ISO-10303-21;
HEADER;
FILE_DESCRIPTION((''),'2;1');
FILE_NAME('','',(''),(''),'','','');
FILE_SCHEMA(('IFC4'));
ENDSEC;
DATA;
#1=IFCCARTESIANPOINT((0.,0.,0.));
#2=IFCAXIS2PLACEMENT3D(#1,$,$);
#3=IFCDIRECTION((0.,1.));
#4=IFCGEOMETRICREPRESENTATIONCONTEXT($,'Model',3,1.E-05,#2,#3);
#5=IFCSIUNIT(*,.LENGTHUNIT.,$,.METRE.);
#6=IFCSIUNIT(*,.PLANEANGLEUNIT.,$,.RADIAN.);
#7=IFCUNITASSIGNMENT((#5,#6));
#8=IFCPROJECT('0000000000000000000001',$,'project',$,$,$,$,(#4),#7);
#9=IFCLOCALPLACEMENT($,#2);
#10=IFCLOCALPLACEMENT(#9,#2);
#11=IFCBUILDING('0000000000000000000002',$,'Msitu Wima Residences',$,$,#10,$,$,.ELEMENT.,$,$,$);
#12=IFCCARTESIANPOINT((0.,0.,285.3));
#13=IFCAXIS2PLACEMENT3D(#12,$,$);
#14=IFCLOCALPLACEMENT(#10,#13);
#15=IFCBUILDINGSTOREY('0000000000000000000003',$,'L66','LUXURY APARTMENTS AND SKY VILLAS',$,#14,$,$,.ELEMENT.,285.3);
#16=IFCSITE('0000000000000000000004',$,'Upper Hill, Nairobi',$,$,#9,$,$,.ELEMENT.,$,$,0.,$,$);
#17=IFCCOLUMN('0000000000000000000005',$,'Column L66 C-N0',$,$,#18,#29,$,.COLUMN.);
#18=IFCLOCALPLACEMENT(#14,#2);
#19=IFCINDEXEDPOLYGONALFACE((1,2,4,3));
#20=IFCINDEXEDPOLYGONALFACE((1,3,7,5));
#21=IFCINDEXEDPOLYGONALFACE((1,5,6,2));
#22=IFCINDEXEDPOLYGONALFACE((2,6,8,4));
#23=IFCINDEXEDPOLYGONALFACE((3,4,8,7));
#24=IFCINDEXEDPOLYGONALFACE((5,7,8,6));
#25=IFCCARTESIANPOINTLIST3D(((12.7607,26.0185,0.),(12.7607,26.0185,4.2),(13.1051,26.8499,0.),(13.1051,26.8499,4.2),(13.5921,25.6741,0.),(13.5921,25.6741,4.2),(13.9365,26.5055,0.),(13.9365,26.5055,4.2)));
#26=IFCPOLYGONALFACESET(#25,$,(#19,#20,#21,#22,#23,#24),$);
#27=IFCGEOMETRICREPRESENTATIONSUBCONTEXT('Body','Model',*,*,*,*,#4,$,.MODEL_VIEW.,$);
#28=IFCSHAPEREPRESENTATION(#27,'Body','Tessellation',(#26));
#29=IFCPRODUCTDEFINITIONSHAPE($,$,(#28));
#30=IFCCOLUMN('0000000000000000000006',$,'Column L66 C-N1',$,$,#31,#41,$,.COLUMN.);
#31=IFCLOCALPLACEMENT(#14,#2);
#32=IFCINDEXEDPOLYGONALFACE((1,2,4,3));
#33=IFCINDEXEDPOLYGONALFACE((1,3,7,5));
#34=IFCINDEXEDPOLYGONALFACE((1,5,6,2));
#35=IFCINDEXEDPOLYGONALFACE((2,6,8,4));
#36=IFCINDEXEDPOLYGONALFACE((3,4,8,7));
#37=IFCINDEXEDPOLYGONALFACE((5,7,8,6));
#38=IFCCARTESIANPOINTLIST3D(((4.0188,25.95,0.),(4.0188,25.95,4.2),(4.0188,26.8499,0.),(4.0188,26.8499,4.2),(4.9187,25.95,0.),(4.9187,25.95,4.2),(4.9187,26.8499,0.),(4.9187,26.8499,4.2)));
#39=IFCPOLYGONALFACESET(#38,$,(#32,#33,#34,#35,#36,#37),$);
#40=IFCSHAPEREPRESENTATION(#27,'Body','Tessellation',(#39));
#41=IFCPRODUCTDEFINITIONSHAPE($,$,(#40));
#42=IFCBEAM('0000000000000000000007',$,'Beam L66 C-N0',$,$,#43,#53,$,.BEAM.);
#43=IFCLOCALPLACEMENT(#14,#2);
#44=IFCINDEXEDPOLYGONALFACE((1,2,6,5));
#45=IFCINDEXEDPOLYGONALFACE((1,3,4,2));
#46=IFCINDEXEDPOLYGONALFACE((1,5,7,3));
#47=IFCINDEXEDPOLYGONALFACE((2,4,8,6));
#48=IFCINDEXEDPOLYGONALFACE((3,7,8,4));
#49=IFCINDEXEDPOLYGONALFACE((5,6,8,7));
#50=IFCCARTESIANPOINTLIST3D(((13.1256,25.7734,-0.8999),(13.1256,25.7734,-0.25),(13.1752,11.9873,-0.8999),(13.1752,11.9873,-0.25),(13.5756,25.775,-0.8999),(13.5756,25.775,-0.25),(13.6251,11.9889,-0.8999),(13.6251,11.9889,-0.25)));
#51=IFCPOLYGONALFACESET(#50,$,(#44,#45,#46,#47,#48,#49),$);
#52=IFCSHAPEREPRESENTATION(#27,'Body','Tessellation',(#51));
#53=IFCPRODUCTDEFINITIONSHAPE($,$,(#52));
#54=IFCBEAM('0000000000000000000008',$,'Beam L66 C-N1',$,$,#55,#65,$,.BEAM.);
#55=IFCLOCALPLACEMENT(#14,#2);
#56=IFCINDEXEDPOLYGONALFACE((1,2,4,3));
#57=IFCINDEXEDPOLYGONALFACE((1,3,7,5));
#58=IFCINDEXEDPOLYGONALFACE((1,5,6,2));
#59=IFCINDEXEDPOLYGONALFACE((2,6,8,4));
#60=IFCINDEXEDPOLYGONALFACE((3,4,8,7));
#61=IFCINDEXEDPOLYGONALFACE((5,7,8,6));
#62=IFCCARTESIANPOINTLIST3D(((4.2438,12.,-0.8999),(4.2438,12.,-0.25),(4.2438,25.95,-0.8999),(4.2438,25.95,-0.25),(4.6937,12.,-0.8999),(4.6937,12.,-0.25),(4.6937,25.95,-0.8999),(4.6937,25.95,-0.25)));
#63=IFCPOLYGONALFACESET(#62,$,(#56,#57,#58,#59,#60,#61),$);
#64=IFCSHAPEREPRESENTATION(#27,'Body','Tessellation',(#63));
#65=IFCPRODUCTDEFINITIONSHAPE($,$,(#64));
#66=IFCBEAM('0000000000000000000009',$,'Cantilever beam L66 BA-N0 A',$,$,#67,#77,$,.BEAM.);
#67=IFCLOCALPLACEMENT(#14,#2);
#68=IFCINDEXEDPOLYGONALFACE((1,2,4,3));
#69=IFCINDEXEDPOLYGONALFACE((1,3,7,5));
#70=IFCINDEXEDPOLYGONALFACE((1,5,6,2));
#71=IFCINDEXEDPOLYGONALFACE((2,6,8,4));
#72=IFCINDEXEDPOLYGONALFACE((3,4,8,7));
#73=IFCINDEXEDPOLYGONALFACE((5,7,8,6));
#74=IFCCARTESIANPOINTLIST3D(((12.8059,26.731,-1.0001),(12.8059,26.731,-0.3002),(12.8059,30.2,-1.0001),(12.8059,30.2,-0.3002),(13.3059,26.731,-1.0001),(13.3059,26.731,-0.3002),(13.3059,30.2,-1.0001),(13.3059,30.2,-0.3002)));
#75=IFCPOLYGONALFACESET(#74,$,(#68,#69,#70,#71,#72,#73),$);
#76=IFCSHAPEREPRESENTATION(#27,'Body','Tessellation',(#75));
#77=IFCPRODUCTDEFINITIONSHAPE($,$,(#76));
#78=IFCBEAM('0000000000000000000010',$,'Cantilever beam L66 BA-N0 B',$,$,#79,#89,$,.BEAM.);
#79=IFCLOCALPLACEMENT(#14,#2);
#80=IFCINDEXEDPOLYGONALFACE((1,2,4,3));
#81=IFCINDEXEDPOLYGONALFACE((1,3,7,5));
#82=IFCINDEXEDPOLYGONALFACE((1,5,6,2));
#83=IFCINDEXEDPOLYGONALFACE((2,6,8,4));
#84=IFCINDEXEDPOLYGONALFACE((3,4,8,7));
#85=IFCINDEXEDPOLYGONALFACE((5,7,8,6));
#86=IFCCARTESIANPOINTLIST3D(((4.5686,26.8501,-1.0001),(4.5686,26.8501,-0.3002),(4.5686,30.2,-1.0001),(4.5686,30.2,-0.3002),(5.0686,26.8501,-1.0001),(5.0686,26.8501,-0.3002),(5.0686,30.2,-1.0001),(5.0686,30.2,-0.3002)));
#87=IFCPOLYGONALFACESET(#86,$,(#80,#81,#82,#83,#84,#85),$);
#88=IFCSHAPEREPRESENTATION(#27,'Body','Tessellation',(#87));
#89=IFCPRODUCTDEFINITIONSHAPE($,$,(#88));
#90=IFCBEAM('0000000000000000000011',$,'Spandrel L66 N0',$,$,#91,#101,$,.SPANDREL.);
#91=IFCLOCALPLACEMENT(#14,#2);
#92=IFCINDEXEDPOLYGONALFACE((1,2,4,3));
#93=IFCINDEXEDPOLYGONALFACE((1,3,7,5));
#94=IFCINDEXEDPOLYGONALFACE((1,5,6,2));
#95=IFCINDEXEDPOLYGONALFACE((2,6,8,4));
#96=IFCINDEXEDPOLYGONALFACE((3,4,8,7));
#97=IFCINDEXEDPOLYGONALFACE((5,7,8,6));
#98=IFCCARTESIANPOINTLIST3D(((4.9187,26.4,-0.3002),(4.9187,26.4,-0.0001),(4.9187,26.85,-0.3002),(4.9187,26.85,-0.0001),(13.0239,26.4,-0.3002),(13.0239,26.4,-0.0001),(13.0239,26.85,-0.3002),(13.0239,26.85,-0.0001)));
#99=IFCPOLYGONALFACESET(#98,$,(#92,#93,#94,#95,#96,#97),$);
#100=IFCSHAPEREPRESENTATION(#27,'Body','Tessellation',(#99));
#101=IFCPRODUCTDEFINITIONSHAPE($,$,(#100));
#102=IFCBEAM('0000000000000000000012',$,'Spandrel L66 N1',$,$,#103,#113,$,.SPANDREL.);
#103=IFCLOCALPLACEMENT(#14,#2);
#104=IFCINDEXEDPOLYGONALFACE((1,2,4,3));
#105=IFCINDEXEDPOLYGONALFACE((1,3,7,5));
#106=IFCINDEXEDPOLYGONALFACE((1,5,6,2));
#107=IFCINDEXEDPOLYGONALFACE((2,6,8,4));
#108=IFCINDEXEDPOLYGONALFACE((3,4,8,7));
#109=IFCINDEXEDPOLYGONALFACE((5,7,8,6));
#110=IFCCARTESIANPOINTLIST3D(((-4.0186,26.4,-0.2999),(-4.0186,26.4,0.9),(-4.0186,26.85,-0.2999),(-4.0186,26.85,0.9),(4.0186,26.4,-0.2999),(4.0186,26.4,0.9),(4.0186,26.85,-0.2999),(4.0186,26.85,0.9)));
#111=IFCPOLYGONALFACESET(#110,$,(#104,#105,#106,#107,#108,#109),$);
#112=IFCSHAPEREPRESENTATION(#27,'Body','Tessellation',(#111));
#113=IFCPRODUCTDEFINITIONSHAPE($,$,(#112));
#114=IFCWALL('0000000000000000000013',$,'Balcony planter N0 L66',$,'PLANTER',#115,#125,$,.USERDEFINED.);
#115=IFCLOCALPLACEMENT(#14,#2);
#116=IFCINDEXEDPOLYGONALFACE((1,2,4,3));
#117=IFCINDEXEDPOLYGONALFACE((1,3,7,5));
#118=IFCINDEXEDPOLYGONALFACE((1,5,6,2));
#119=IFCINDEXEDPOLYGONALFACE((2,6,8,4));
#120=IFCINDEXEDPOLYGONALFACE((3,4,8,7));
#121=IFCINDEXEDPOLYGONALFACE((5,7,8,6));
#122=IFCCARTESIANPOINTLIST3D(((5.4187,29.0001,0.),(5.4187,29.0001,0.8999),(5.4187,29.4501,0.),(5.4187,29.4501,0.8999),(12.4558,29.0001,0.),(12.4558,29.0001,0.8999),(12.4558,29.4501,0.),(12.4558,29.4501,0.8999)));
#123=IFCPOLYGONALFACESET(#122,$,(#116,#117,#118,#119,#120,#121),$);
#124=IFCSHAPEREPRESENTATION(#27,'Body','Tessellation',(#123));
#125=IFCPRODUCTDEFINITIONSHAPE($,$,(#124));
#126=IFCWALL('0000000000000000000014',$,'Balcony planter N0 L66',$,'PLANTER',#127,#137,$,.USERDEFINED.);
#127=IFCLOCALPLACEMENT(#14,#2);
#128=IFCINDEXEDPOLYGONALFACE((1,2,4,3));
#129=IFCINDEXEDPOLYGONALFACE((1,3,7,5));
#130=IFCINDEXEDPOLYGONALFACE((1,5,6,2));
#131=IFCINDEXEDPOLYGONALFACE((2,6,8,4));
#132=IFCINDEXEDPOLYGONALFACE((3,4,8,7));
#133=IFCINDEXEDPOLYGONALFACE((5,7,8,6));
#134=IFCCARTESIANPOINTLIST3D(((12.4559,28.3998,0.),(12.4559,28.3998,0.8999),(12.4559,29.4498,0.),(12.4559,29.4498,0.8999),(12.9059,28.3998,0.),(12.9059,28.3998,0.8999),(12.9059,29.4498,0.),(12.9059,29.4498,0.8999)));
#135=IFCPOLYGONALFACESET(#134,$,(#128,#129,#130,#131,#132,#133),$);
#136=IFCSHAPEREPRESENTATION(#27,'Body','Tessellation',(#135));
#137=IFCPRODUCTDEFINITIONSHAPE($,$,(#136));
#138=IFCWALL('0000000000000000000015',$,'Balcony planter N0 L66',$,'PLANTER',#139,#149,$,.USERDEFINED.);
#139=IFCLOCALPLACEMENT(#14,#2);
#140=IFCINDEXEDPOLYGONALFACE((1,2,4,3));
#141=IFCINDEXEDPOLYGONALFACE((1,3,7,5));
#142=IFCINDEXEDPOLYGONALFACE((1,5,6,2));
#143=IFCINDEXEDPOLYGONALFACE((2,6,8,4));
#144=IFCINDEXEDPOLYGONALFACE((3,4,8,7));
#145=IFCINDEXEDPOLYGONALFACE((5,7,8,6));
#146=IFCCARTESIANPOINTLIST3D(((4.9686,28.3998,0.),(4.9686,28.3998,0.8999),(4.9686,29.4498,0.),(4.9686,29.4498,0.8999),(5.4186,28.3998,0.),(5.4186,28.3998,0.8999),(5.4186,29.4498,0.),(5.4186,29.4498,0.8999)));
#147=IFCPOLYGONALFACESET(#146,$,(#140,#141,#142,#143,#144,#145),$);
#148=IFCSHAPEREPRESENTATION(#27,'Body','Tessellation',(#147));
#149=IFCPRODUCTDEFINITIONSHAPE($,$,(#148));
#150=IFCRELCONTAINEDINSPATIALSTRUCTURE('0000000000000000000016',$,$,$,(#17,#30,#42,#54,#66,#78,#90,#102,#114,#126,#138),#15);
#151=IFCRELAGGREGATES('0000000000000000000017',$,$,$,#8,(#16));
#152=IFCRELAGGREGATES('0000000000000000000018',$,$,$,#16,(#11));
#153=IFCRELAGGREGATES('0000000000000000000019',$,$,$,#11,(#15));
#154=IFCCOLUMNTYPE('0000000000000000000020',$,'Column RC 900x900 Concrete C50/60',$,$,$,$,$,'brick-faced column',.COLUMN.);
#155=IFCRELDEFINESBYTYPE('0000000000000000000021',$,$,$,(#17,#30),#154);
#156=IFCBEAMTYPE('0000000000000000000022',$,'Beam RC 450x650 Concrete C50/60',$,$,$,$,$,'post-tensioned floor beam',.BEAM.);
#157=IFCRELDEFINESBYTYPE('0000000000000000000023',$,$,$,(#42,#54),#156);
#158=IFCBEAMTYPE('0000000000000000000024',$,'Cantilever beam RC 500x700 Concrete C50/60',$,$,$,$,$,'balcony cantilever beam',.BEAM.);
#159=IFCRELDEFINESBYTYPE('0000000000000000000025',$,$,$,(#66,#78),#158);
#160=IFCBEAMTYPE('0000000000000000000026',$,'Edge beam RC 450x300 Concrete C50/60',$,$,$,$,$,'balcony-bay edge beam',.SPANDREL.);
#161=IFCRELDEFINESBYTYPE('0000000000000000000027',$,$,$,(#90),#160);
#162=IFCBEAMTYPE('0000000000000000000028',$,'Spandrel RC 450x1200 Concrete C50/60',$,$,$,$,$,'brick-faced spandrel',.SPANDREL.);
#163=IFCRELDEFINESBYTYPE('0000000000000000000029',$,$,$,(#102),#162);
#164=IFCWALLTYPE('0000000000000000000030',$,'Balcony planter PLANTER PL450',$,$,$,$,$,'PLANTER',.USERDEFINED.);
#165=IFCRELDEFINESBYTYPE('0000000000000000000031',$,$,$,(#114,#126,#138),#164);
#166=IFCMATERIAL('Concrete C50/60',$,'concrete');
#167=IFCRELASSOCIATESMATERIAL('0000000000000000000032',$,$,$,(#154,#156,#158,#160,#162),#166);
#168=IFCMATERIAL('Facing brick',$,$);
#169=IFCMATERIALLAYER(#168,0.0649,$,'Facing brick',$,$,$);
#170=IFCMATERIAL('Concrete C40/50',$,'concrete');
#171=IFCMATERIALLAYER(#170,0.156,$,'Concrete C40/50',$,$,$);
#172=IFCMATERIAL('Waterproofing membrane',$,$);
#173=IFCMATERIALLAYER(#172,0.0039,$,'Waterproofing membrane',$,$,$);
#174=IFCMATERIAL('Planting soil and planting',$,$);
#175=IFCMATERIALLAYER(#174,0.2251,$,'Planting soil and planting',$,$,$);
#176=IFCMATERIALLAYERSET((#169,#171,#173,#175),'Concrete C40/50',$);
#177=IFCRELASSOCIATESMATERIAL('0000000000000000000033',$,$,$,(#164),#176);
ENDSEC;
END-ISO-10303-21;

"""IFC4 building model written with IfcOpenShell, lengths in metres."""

from ifc_helpers import new_model, si_unit, direction, frame, frame_2d, origin, origin_2d, place, context, subcontext, project, spatial, rectangle, extrude, material, layer, layer_set, material_profile, profile_set, type_object, element, save


model = new_model("IFC4")

# Units and contexts
model_context = context("Model", 3, precision=1e-05, world=origin(), true_north=direction((0.0, 1.0)))
body_context = subcontext(model_context, "Body", "Model", "MODEL_VIEW")
ifc_project = project(units=[si_unit("LENGTHUNIT", "METRE"), si_unit("PLANEANGLEUNIT", "RADIAN")], contexts=[model_context])

# Site, building, storey
site_placement = place(None, origin())
site = spatial("IfcSite", under=ifc_project, at=site_placement, Name="Upper Hill, Nairobi", CompositionType="ELEMENT", RefElevation=0.0)
building_placement = place(site_placement, origin())
building = spatial("IfcBuilding", under=site, at=building_placement, Name="Msitu Wima Residences", CompositionType="ELEMENT")
storey_placement = place(building_placement, frame((0.0, 0.0, 285.3)))
storey = spatial("IfcBuildingStorey", under=building, at=storey_placement, Name="L66", Description="LUXURY APARTMENTS AND SKY VILLAS", CompositionType="ELEMENT", Elevation=285.3)

# Columns
ifc_material_1 = material(Name="Concrete C50/60", Category="concrete")
ifc_material_profile_1 = material_profile(ifc_material_1, rectangle(XDim=0.8999, YDim=0.8999, at=origin_2d()), Name="RC 900x900")
ifc_profile_set_1 = profile_set([ifc_material_profile_1], Name="Concrete C50/60")
column_type = type_object("IfcColumnType", Name="Column RC 900x900 Concrete C50/60", ElementType="brick-faced column", PredefinedType="COLUMN", material=ifc_profile_set_1)
for number, where, z_axis, x_axis, name in (
    (1, (13.3486, 26.262, 0.0), (0.0, 0.0, 1.0), (-0.92388, 0.382683, 0.0), "Column L66 C-N0"),
    (2, (4.4688, 26.3999, 0.0), (0.0, 0.0, 1.0), (-1.0, 0.0, 0.0), "Column L66 C-N1"),
):
    element("IfcColumn", number, at=place(storey_placement, frame(where, z_axis=z_axis, x_axis=x_axis)), inside=storey, type_object=column_type, Name=name, PredefinedType="COLUMN", context=body_context, shape_type="SweptSolid", body=[
        extrude(rectangle(XDim=0.8999, YDim=0.8999, at=origin_2d()), origin(), (0.0, 0.0, 1.0), 4.2),
    ])

# Beams
ifc_material_profile_2 = material_profile(ifc_material_1, rectangle(XDim=0.45, YDim=0.6499, at=origin_2d()), Name="RC 450x650")
ifc_profile_set_2 = profile_set([ifc_material_profile_2], Name="Concrete C50/60")
beam_type_1 = type_object("IfcBeamType", Name="Beam RC 450x650 Concrete C50/60", ElementType="post-tensioned floor beam", PredefinedType="BEAM", material=ifc_profile_set_2)
beam_1_placement = place(storey_placement, frame((13.3506, 25.7742, -0.575), z_axis=(0.003595, -0.999994, 0.0), x_axis=(0.999994, 0.003595, 0.0)))
element("IfcBeam", 3, at=beam_1_placement, inside=storey, type_object=beam_type_1, Name="Beam L66 C-N0", PredefinedType="BEAM", context=body_context, shape_type="SweptSolid", body=[
    extrude(rectangle(XDim=0.45, YDim=0.6499, at=origin_2d()), origin(), (0.0, 0.0, 1.0), 13.7861),
])
beam_2_placement = place(storey_placement, frame((4.4688, 25.95, -0.575), z_axis=(0.0, -1.0, 0.0), x_axis=(1.0, 0.0, 0.0)))
element("IfcBeam", 4, at=beam_2_placement, inside=storey, type_object=beam_type_1, Name="Beam L66 C-N1", PredefinedType="BEAM", context=body_context, shape_type="SweptSolid", body=[
    extrude(rectangle(XDim=0.45, YDim=0.6499, at=origin_2d()), origin(), (0.0, 0.0, 1.0), 13.95),
])
ifc_material_profile_3 = material_profile(ifc_material_1, rectangle(XDim=0.5, YDim=0.7, at=origin_2d()), Name="RC 500x700")
ifc_profile_set_3 = profile_set([ifc_material_profile_3], Name="Concrete C50/60")
beam_type_2 = type_object("IfcBeamType", Name="Cantilever beam RC 500x700 Concrete C50/60", ElementType="balcony cantilever beam", PredefinedType="BEAM", material=ifc_profile_set_3)
beam_3_placement = place(storey_placement, frame((13.0559, 26.731, -0.6501), z_axis=(0.0, 1.0, 0.0), x_axis=(-1.0, 0.0, 0.0)))
element("IfcBeam", 5, at=beam_3_placement, inside=storey, type_object=beam_type_2, Name="Cantilever beam L66 BA-N0 A", PredefinedType="BEAM", context=body_context, shape_type="SweptSolid", body=[
    extrude(rectangle(XDim=0.5, YDim=0.7, at=origin_2d()), origin(), (0.0, 0.0, 1.0), 3.469),
])
beam_4_placement = place(storey_placement, frame((4.8186, 26.8501, -0.6501), z_axis=(0.0, 1.0, 0.0), x_axis=(-1.0, 0.0, 0.0)))
element("IfcBeam", 6, at=beam_4_placement, inside=storey, type_object=beam_type_2, Name="Cantilever beam L66 BA-N0 B", PredefinedType="BEAM", context=body_context, shape_type="SweptSolid", body=[
    extrude(rectangle(XDim=0.5, YDim=0.7, at=origin_2d()), origin(), (0.0, 0.0, 1.0), 3.3499),
])
ifc_material_profile_4 = material_profile(ifc_material_1, rectangle(XDim=0.45, YDim=0.3, at=origin_2d()), Name="RC 450x300")
ifc_profile_set_4 = profile_set([ifc_material_profile_4], Name="Concrete C50/60")
beam_type_3 = type_object("IfcBeamType", Name="Edge beam RC 450x300 Concrete C50/60", ElementType="balcony-bay edge beam", PredefinedType="SPANDREL", material=ifc_profile_set_4)
beam_5_placement = place(storey_placement, frame((13.0239, 26.625, -0.1501), z_axis=(-1.0, 0.0, 0.0), x_axis=(0.0, -1.0, 0.0)))
element("IfcBeam", 7, at=beam_5_placement, inside=storey, type_object=beam_type_3, Name="Spandrel L66 N0", PredefinedType="SPANDREL", context=body_context, shape_type="SweptSolid", body=[
    extrude(rectangle(XDim=0.45, YDim=0.3, at=origin_2d()), origin(), (0.0, 0.0, 1.0), 8.1052),
])
ifc_material_profile_5 = material_profile(ifc_material_1, rectangle(XDim=0.45, YDim=1.2, at=origin_2d()), Name="RC 450x1200")
ifc_profile_set_5 = profile_set([ifc_material_profile_5], Name="Concrete C50/60")
beam_type_4 = type_object("IfcBeamType", Name="Spandrel RC 450x1200 Concrete C50/60", ElementType="brick-faced spandrel", PredefinedType="SPANDREL", material=ifc_profile_set_5)
beam_6_placement = place(storey_placement, frame((4.0186, 26.625, 0.3), z_axis=(-1.0, 0.0, 0.0), x_axis=(0.0, -1.0, 0.0)))
element("IfcBeam", 8, at=beam_6_placement, inside=storey, type_object=beam_type_4, Name="Spandrel L66 N1", PredefinedType="SPANDREL", context=body_context, shape_type="SweptSolid", body=[
    extrude(rectangle(XDim=0.45, YDim=1.2, at=origin_2d()), origin(), (0.0, 0.0, 1.0), 8.0371),
])

# Walls
ifc_material_2 = material(Name="Facing brick")
ifc_layer_1 = layer(ifc_material_2, 0.0649, Name="Facing brick")
ifc_material_3 = material(Name="Concrete C40/50", Category="concrete")
ifc_layer_2 = layer(ifc_material_3, 0.156, Name="Concrete C40/50")
ifc_material_4 = material(Name="Waterproofing membrane")
ifc_layer_3 = layer(ifc_material_4, 0.0039, Name="Waterproofing membrane")
ifc_material_5 = material(Name="Planting soil and planting")
ifc_layer_4 = layer(ifc_material_5, 0.2251, Name="Planting soil and planting")
ifc_layer_set_1 = layer_set([ifc_layer_1, ifc_layer_2, ifc_layer_3, ifc_layer_4], Name="Concrete C40/50")
wall_type_1 = type_object("IfcWallType", Name="Balcony planter PLANTER PL450", ElementType="PLANTER", PredefinedType="USERDEFINED", material=ifc_layer_set_1)
wall_1_placement = place(storey_placement, frame((12.4558, 29.2251, 0.0), z_axis=(0.0, 0.0, 1.0), x_axis=(-1.0, 0.0, 0.0)))
element("IfcWall", 9, at=wall_1_placement, inside=storey, type_object=wall_type_1, Name="Balcony planter N0 L66", ObjectType="PLANTER", PredefinedType="USERDEFINED", context=body_context, shape_type="SweptSolid", body=[
    extrude(rectangle(XDim=7.0371, YDim=0.45, at=frame_2d((3.5186, 0.0))), origin(), (0.0, 0.0, 1.0), 0.8999),
])
for number, where, z_axis, x_axis, name in (
    (10, (12.6809, 28.3999, 0.0), (0.0, 0.0, 1.0), (0.0, 1.0, 0.0), "Balcony planter N0 L66"),
    (11, (5.1936, 28.3999, 0.0), (0.0, 0.0, 1.0), (0.0, 1.0, 0.0), "Balcony planter N0 L66"),
):
    element("IfcWall", number, at=place(storey_placement, frame(where, z_axis=z_axis, x_axis=x_axis)), inside=storey, type_object=wall_type_1, Name=name, ObjectType="PLANTER", PredefinedType="USERDEFINED", context=body_context, shape_type="SweptSolid", body=[
        extrude(rectangle(XDim=1.05, YDim=0.45, at=frame_2d((0.5249, 0.0))), origin(), (0.0, 0.0, 1.0), 0.8999),
    ])

save(model, "model.ifc")
